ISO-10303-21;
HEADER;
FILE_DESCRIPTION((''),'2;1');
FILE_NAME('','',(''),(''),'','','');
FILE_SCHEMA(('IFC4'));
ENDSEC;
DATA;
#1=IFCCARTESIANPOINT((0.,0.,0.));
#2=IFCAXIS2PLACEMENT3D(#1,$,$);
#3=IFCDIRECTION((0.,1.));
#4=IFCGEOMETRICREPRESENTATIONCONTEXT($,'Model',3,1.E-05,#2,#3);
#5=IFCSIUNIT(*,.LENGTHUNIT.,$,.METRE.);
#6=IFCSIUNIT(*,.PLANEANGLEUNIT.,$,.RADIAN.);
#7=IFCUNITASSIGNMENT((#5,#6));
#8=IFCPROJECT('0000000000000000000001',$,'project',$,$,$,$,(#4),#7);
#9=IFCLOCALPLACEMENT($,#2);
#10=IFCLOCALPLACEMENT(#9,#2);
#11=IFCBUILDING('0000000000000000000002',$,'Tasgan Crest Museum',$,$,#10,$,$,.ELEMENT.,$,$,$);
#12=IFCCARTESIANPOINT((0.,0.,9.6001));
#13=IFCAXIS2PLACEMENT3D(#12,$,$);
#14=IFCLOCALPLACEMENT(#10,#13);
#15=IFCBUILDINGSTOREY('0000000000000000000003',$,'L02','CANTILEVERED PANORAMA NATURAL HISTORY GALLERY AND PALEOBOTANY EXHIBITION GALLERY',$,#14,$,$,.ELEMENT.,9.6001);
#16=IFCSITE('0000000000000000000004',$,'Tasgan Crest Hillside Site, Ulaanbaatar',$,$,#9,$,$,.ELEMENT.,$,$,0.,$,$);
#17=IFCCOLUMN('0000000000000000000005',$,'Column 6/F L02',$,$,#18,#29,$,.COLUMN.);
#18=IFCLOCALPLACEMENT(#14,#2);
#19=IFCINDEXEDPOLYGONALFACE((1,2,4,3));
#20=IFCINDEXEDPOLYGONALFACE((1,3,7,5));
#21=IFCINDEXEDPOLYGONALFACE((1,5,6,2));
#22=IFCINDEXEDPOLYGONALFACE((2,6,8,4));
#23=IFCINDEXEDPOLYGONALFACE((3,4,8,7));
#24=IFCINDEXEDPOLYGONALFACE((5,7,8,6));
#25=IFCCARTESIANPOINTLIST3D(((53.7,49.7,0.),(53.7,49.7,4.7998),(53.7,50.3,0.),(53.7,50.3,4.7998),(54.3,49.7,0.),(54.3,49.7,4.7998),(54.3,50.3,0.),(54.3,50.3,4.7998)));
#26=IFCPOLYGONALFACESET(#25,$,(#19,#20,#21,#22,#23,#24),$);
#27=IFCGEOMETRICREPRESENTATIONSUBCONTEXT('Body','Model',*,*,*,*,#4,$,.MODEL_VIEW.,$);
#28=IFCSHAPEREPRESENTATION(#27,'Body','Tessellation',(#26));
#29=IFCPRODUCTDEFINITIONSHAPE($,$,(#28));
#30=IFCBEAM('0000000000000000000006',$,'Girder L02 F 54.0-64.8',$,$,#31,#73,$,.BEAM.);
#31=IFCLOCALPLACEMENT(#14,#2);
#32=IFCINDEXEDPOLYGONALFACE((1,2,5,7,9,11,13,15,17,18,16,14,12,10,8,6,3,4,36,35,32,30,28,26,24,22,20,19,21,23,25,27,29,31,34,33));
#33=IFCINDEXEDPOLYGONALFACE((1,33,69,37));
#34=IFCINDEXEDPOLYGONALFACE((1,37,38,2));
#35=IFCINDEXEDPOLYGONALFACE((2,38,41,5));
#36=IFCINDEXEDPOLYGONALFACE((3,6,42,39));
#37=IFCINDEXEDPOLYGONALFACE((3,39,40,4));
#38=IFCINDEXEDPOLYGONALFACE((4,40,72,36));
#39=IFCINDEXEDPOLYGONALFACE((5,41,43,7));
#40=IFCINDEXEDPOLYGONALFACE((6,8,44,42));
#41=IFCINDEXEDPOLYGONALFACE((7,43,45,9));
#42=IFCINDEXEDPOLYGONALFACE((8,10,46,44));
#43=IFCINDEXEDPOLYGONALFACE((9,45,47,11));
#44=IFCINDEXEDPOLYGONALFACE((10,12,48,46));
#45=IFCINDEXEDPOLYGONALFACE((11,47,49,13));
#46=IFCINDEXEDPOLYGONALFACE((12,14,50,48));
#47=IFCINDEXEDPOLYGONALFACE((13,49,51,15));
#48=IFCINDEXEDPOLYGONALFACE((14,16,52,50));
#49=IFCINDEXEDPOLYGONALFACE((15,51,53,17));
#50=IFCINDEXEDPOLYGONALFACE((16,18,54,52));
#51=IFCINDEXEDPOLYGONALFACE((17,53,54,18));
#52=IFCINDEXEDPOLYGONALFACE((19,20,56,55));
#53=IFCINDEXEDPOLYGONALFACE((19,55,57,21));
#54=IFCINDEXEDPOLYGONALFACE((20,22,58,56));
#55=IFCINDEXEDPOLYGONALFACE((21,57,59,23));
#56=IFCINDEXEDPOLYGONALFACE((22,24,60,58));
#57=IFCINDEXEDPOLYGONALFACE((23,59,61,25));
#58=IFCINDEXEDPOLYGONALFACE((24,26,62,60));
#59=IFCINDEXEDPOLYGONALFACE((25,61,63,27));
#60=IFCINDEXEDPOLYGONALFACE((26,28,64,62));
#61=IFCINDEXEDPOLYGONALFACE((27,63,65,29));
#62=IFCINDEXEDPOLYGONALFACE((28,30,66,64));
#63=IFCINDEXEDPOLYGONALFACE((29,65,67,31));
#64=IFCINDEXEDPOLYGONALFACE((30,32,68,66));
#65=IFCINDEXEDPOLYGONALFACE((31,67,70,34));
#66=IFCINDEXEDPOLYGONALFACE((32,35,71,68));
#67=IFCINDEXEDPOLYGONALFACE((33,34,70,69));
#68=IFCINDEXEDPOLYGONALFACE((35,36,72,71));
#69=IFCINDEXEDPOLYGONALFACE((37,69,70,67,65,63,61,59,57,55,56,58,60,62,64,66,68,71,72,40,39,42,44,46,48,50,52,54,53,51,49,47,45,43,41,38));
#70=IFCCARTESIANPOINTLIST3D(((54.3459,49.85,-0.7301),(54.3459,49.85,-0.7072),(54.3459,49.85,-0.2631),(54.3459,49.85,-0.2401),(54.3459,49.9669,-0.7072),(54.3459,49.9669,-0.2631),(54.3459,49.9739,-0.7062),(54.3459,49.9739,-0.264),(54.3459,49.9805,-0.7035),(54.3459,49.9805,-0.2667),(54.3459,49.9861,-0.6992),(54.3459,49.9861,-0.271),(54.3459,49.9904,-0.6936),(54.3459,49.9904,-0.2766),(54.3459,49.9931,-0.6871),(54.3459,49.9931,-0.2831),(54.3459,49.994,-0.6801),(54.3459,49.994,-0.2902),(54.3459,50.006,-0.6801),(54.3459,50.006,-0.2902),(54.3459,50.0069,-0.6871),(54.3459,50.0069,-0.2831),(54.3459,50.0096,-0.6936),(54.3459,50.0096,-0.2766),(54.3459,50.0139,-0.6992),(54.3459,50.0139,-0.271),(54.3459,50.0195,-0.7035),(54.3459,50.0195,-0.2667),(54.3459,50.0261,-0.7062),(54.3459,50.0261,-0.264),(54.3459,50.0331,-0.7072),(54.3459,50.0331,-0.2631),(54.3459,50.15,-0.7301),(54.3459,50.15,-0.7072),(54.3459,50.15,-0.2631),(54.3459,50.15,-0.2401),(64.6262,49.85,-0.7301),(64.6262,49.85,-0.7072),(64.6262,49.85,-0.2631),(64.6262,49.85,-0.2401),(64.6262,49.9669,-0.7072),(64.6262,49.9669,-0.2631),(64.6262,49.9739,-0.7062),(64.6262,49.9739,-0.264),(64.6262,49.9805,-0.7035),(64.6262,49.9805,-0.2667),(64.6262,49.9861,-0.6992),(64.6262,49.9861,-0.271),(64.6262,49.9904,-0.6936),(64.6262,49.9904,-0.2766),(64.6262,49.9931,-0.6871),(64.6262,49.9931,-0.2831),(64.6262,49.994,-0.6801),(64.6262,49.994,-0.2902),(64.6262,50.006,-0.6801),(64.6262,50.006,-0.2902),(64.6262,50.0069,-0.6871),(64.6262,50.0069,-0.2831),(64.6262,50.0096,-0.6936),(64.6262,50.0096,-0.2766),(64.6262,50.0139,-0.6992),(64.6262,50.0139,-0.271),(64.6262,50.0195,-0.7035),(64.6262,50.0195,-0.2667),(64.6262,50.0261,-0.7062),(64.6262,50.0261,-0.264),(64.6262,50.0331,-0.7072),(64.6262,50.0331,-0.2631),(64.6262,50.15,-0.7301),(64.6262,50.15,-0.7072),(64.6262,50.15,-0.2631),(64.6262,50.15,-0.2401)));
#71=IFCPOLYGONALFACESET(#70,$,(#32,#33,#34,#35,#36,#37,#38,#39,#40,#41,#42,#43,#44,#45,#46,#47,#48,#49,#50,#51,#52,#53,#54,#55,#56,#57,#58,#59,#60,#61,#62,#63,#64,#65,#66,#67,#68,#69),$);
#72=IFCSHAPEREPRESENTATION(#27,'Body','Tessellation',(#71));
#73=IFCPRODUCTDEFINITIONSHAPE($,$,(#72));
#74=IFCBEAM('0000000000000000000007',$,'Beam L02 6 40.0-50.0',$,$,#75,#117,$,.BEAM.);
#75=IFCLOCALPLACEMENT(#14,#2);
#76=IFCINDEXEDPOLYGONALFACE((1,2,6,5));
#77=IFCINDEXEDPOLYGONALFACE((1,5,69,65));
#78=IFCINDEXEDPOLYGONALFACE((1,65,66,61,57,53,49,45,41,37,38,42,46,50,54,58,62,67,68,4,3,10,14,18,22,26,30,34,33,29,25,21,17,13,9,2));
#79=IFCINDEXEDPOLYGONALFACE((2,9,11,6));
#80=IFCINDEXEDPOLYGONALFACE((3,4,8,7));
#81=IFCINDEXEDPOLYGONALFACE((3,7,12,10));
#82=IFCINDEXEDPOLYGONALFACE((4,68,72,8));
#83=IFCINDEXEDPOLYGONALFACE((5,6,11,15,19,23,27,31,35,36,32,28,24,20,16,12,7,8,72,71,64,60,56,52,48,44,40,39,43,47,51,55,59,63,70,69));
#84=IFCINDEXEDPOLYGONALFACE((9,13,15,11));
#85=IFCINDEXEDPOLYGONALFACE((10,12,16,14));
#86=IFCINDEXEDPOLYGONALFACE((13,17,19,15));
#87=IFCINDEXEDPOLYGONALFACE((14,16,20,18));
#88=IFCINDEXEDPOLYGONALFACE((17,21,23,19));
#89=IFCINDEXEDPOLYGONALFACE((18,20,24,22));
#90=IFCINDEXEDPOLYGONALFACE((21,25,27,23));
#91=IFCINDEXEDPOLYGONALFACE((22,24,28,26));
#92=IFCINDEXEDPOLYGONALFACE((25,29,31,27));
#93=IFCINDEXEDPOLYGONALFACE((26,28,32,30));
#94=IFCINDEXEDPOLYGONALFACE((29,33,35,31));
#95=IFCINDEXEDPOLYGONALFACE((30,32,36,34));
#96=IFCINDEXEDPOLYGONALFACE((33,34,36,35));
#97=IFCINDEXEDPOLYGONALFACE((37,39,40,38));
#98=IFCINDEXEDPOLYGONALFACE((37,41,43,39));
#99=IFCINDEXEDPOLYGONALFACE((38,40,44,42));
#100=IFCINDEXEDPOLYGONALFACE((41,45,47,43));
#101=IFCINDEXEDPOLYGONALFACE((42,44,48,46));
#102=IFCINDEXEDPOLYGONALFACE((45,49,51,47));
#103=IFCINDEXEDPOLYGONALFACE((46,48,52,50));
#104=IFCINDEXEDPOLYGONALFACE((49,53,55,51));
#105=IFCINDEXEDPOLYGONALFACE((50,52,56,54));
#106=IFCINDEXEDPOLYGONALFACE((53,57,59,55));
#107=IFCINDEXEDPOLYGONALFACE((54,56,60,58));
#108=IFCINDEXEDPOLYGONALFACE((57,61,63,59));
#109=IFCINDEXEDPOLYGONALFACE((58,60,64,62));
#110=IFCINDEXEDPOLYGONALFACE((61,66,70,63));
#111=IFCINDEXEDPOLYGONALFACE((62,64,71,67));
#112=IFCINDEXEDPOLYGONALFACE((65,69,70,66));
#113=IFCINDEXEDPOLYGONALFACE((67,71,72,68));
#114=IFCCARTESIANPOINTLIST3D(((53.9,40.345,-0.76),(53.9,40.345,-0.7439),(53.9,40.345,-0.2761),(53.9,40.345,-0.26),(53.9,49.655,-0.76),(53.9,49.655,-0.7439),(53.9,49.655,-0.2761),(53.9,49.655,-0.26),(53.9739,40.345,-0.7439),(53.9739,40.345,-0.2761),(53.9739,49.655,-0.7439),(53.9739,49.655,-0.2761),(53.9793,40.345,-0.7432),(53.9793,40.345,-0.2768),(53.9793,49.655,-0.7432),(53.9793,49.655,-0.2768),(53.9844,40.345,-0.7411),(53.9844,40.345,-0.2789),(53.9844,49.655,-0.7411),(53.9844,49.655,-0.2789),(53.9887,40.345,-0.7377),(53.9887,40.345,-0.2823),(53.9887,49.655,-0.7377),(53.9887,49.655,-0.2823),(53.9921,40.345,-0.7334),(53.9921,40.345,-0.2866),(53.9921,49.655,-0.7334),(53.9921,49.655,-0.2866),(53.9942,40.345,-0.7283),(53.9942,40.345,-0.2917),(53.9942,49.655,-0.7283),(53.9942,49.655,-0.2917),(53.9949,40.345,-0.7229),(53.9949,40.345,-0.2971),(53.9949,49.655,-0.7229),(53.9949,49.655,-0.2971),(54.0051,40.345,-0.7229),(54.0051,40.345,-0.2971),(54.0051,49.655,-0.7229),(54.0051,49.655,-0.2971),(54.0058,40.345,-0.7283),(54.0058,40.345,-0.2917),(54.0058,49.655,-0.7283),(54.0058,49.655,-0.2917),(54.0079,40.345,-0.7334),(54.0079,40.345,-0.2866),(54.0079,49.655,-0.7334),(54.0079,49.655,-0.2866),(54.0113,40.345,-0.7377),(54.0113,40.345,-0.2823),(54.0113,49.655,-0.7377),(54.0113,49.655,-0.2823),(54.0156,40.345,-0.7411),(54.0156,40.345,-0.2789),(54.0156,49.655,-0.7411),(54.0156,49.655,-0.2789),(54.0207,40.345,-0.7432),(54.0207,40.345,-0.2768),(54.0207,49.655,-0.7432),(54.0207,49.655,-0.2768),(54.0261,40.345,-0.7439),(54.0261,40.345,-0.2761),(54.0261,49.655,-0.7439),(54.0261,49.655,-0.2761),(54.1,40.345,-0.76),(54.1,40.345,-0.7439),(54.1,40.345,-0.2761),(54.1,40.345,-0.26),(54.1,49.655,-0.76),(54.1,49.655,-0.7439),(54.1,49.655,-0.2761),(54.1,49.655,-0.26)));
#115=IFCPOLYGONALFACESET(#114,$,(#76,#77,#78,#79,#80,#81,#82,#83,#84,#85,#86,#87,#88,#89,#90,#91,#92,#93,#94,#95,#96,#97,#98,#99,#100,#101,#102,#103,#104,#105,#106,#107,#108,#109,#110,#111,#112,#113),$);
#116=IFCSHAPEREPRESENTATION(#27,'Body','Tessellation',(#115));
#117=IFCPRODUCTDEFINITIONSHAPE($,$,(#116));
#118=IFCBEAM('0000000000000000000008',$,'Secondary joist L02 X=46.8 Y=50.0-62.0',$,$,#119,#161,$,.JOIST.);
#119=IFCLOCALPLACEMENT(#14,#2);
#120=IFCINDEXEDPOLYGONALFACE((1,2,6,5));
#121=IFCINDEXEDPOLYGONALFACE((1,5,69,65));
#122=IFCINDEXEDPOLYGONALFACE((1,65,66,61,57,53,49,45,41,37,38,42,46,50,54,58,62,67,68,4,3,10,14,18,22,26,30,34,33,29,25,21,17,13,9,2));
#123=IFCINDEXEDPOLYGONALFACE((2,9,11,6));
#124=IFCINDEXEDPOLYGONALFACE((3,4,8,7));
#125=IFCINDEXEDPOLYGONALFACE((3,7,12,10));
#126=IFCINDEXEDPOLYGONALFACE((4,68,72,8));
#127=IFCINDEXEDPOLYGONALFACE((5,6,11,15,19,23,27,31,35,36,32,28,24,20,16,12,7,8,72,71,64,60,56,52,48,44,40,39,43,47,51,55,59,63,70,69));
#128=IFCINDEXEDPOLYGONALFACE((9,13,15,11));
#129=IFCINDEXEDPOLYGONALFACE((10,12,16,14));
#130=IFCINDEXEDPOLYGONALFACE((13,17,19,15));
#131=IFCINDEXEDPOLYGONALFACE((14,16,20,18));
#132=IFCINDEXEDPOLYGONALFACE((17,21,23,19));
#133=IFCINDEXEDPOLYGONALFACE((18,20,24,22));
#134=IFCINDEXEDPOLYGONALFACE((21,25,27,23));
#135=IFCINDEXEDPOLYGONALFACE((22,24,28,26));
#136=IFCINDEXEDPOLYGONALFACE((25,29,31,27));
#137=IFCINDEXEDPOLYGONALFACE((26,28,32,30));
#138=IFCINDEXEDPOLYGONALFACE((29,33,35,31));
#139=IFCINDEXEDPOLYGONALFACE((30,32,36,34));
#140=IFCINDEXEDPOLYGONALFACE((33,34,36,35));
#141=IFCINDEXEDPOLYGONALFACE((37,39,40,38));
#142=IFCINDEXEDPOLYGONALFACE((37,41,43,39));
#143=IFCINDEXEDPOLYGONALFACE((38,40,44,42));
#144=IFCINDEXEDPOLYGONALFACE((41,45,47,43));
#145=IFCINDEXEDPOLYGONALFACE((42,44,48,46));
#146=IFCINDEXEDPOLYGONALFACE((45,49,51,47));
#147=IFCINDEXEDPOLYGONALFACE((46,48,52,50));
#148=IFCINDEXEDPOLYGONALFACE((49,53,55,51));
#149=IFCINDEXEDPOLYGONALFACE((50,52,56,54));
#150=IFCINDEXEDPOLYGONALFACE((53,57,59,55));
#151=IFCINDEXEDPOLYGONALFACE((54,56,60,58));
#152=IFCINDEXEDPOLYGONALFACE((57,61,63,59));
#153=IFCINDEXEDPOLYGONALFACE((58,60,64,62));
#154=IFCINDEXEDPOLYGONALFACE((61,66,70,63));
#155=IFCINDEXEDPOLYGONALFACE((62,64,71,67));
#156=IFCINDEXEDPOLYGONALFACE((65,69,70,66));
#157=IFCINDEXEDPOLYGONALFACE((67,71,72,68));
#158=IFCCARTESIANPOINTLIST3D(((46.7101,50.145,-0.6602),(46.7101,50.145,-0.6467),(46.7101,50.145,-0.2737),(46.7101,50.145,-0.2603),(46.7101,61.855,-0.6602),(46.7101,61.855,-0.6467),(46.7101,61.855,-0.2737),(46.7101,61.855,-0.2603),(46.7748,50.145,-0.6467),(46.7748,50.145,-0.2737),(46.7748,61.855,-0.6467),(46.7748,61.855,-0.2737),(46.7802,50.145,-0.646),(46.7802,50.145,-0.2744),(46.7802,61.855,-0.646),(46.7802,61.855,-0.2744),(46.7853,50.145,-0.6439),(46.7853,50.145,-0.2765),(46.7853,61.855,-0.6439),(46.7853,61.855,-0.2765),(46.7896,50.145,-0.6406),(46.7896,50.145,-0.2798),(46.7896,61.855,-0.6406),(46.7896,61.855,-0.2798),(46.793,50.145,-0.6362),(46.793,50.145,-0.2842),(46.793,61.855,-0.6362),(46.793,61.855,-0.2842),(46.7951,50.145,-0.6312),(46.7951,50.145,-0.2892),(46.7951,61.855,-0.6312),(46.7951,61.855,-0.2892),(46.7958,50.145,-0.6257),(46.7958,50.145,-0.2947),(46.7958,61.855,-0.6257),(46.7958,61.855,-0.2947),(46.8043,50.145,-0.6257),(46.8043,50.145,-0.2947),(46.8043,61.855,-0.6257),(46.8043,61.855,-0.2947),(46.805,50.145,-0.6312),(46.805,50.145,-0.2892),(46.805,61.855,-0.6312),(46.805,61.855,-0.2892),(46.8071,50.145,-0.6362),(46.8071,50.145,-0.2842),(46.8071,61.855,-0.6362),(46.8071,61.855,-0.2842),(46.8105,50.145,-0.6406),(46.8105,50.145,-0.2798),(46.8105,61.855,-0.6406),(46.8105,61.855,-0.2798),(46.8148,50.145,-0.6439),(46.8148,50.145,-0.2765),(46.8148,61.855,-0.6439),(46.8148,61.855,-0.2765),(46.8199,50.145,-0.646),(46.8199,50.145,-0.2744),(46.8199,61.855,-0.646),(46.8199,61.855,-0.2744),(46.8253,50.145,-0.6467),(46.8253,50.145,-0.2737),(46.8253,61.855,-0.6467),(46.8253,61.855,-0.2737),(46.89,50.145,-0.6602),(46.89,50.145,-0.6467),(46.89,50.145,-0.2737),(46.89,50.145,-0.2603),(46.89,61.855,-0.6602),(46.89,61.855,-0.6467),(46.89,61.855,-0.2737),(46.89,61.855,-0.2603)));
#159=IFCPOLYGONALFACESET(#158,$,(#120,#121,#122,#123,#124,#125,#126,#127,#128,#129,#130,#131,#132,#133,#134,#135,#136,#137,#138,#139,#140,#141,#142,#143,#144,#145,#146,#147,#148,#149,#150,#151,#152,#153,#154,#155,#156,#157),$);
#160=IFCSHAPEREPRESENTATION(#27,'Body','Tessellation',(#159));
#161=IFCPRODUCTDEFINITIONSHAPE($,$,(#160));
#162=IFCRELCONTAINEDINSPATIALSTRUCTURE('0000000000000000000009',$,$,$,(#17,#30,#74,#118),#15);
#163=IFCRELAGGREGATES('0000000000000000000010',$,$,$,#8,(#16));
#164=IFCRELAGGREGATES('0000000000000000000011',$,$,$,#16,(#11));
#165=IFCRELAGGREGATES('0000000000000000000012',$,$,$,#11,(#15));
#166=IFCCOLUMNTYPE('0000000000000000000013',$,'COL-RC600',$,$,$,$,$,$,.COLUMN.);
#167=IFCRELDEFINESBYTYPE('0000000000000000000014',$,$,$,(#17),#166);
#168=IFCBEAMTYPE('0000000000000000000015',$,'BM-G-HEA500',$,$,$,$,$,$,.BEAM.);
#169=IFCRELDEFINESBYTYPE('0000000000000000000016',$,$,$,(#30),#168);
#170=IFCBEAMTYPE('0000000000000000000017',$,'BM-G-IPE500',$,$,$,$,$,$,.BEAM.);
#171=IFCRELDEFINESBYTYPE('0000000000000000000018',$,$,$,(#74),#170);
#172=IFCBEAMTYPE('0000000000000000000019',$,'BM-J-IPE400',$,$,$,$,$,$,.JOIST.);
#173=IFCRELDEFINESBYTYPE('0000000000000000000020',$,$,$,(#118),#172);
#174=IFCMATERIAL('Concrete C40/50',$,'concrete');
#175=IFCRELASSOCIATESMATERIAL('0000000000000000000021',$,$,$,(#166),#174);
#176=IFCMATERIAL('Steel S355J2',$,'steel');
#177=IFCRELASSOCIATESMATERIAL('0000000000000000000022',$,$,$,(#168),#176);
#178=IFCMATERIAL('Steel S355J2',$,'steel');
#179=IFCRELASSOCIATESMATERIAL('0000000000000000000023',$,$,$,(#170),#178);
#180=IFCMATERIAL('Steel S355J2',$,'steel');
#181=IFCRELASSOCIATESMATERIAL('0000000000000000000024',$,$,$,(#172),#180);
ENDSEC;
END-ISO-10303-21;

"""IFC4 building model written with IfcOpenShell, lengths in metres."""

from ifc_helpers import new_model, si_unit, direction, frame, origin, origin_2d, place, context, subcontext, project, spatial, rectangle, i_section, extrude, material, material_profile, profile_set, type_object, element, save


model = new_model("IFC4")

# Units and contexts
model_context = context("Model", 3, precision=1e-05, world=origin(), true_north=direction((0.0, 1.0)))
body_context = subcontext(model_context, "Body", "Model", "MODEL_VIEW")
ifc_project = project(units=[si_unit("LENGTHUNIT", "METRE"), si_unit("PLANEANGLEUNIT", "RADIAN")], contexts=[model_context])

# Site, building, storey
site_placement = place(None, origin())
site = spatial("IfcSite", under=ifc_project, at=site_placement, Name="Tasgan Crest Hillside Site, Ulaanbaatar", CompositionType="ELEMENT", RefElevation=0.0)
building_placement = place(site_placement, origin())
building = spatial("IfcBuilding", under=site, at=building_placement, Name="Tasgan Crest Museum", CompositionType="ELEMENT")
storey_placement = place(building_placement, frame((0.0, 0.0, 9.6001)))
storey = spatial("IfcBuildingStorey", under=building, at=storey_placement, Name="L02", Description="CANTILEVERED PANORAMA NATURAL HISTORY GALLERY AND PALEOBOTANY EXHIBITION GALLERY", CompositionType="ELEMENT", Elevation=9.6001)

# Column
ifc_material_1 = material(Name="Concrete C40/50", Category="concrete")
ifc_material_profile_1 = material_profile(ifc_material_1, rectangle(XDim=0.6001, YDim=0.6001, at=origin_2d()), Name="RC 600x600")
ifc_profile_set_1 = profile_set([ifc_material_profile_1], Name="Concrete C40/50")
column_type = type_object("IfcColumnType", Name="COL-RC600", PredefinedType="COLUMN", material=ifc_profile_set_1)
column_placement = place(storey_placement, frame((54.0, 50.0, 0.0), z_axis=(0.0, 0.0, 1.0), x_axis=(1.0, 0.0, 0.0)))
element("IfcColumn", 1, at=column_placement, inside=storey, type_object=column_type, Name="Column 6/F L02", PredefinedType="COLUMN", context=body_context, shape_type="SweptSolid", body=[
    extrude(rectangle(XDim=0.6001, YDim=0.6001, at=origin_2d()), origin(), (0.0, 0.0, 1.0), 4.7998),
])

# Beams
ifc_material_2 = material(Name="Steel S355J2", Category="steel")
ifc_material_profile_2 = material_profile(ifc_material_2, i_section(OverallWidth=0.3, OverallDepth=0.49, WebThickness=0.012, FlangeThickness=0.0229, FilletRadius=0.0271, at=origin_2d()), Name="HEA 500")
ifc_profile_set_2 = profile_set([ifc_material_profile_2], Name="Steel S355J2")
beam_type_1 = type_object("IfcBeamType", Name="BM-G-HEA500", PredefinedType="BEAM", material=ifc_profile_set_2)
beam_1_placement = place(storey_placement, frame((54.3459, 50.0, -0.4851), z_axis=(1.0, 0.0, 0.0), x_axis=(0.0, 1.0, 0.0)))
element("IfcBeam", 2, at=beam_1_placement, inside=storey, type_object=beam_type_1, Name="Girder L02 F 54.0-64.8", PredefinedType="BEAM", context=body_context, shape_type="SweptSolid", body=[
    extrude(i_section(OverallWidth=0.3, OverallDepth=0.49, WebThickness=0.012, FlangeThickness=0.0229, FilletRadius=0.0271, at=origin_2d()), origin(), (0.0, 0.0, 1.0), 10.2803),
])
ifc_material_3 = material(Name="Steel S355J2", Category="steel")
ifc_material_profile_3 = material_profile(ifc_material_3, i_section(OverallWidth=0.2, OverallDepth=0.5, WebThickness=0.0103, FlangeThickness=0.0161, FilletRadius=0.021, at=origin_2d()), Name="IPE 500")
ifc_profile_set_3 = profile_set([ifc_material_profile_3], Name="Steel S355J2")
beam_type_2 = type_object("IfcBeamType", Name="BM-G-IPE500", PredefinedType="BEAM", material=ifc_profile_set_3)
beam_2_placement = place(storey_placement, frame((54.0, 40.345, -0.51), z_axis=(0.0, 1.0, 0.0), x_axis=(-1.0, 0.0, 0.0)))
element("IfcBeam", 3, at=beam_2_placement, inside=storey, type_object=beam_type_2, Name="Beam L02 6 40.0-50.0", PredefinedType="BEAM", context=body_context, shape_type="SweptSolid", body=[
    extrude(i_section(OverallWidth=0.2, OverallDepth=0.5, WebThickness=0.0103, FlangeThickness=0.0161, FilletRadius=0.021, at=origin_2d()), origin(), (0.0, 0.0, 1.0), 9.3101),
])
ifc_material_4 = material(Name="Steel S355J2", Category="steel")
ifc_material_profile_4 = material_profile(ifc_material_4, i_section(OverallWidth=0.1799, OverallDepth=0.3999, WebThickness=0.0085, FlangeThickness=0.0134, FilletRadius=0.021, at=origin_2d()), Name="IPE 400")
ifc_profile_set_4 = profile_set([ifc_material_profile_4], Name="Steel S355J2")
beam_type_3 = type_object("IfcBeamType", Name="BM-J-IPE400", PredefinedType="JOIST", material=ifc_profile_set_4)
for number, where, z_axis, x_axis, name in (
    (4, (46.8, 50.145, -0.4602), (0.0, 1.0, 0.0), (-1.0, 0.0, 0.0), "Secondary joist L02 X=46.8 Y=50.0-62.0"),
):
    element("IfcBeam", number, at=place(storey_placement, frame(where, z_axis=z_axis, x_axis=x_axis)), inside=storey, type_object=beam_type_3, Name=name, PredefinedType="JOIST", context=body_context, shape_type="SweptSolid", body=[
        extrude(i_section(OverallWidth=0.1799, OverallDepth=0.3999, WebThickness=0.0085, FlangeThickness=0.0134, FilletRadius=0.021, at=origin_2d()), origin(), (0.0, 0.0, 1.0), 11.71),
    ])

save(model, "model.ifc")
